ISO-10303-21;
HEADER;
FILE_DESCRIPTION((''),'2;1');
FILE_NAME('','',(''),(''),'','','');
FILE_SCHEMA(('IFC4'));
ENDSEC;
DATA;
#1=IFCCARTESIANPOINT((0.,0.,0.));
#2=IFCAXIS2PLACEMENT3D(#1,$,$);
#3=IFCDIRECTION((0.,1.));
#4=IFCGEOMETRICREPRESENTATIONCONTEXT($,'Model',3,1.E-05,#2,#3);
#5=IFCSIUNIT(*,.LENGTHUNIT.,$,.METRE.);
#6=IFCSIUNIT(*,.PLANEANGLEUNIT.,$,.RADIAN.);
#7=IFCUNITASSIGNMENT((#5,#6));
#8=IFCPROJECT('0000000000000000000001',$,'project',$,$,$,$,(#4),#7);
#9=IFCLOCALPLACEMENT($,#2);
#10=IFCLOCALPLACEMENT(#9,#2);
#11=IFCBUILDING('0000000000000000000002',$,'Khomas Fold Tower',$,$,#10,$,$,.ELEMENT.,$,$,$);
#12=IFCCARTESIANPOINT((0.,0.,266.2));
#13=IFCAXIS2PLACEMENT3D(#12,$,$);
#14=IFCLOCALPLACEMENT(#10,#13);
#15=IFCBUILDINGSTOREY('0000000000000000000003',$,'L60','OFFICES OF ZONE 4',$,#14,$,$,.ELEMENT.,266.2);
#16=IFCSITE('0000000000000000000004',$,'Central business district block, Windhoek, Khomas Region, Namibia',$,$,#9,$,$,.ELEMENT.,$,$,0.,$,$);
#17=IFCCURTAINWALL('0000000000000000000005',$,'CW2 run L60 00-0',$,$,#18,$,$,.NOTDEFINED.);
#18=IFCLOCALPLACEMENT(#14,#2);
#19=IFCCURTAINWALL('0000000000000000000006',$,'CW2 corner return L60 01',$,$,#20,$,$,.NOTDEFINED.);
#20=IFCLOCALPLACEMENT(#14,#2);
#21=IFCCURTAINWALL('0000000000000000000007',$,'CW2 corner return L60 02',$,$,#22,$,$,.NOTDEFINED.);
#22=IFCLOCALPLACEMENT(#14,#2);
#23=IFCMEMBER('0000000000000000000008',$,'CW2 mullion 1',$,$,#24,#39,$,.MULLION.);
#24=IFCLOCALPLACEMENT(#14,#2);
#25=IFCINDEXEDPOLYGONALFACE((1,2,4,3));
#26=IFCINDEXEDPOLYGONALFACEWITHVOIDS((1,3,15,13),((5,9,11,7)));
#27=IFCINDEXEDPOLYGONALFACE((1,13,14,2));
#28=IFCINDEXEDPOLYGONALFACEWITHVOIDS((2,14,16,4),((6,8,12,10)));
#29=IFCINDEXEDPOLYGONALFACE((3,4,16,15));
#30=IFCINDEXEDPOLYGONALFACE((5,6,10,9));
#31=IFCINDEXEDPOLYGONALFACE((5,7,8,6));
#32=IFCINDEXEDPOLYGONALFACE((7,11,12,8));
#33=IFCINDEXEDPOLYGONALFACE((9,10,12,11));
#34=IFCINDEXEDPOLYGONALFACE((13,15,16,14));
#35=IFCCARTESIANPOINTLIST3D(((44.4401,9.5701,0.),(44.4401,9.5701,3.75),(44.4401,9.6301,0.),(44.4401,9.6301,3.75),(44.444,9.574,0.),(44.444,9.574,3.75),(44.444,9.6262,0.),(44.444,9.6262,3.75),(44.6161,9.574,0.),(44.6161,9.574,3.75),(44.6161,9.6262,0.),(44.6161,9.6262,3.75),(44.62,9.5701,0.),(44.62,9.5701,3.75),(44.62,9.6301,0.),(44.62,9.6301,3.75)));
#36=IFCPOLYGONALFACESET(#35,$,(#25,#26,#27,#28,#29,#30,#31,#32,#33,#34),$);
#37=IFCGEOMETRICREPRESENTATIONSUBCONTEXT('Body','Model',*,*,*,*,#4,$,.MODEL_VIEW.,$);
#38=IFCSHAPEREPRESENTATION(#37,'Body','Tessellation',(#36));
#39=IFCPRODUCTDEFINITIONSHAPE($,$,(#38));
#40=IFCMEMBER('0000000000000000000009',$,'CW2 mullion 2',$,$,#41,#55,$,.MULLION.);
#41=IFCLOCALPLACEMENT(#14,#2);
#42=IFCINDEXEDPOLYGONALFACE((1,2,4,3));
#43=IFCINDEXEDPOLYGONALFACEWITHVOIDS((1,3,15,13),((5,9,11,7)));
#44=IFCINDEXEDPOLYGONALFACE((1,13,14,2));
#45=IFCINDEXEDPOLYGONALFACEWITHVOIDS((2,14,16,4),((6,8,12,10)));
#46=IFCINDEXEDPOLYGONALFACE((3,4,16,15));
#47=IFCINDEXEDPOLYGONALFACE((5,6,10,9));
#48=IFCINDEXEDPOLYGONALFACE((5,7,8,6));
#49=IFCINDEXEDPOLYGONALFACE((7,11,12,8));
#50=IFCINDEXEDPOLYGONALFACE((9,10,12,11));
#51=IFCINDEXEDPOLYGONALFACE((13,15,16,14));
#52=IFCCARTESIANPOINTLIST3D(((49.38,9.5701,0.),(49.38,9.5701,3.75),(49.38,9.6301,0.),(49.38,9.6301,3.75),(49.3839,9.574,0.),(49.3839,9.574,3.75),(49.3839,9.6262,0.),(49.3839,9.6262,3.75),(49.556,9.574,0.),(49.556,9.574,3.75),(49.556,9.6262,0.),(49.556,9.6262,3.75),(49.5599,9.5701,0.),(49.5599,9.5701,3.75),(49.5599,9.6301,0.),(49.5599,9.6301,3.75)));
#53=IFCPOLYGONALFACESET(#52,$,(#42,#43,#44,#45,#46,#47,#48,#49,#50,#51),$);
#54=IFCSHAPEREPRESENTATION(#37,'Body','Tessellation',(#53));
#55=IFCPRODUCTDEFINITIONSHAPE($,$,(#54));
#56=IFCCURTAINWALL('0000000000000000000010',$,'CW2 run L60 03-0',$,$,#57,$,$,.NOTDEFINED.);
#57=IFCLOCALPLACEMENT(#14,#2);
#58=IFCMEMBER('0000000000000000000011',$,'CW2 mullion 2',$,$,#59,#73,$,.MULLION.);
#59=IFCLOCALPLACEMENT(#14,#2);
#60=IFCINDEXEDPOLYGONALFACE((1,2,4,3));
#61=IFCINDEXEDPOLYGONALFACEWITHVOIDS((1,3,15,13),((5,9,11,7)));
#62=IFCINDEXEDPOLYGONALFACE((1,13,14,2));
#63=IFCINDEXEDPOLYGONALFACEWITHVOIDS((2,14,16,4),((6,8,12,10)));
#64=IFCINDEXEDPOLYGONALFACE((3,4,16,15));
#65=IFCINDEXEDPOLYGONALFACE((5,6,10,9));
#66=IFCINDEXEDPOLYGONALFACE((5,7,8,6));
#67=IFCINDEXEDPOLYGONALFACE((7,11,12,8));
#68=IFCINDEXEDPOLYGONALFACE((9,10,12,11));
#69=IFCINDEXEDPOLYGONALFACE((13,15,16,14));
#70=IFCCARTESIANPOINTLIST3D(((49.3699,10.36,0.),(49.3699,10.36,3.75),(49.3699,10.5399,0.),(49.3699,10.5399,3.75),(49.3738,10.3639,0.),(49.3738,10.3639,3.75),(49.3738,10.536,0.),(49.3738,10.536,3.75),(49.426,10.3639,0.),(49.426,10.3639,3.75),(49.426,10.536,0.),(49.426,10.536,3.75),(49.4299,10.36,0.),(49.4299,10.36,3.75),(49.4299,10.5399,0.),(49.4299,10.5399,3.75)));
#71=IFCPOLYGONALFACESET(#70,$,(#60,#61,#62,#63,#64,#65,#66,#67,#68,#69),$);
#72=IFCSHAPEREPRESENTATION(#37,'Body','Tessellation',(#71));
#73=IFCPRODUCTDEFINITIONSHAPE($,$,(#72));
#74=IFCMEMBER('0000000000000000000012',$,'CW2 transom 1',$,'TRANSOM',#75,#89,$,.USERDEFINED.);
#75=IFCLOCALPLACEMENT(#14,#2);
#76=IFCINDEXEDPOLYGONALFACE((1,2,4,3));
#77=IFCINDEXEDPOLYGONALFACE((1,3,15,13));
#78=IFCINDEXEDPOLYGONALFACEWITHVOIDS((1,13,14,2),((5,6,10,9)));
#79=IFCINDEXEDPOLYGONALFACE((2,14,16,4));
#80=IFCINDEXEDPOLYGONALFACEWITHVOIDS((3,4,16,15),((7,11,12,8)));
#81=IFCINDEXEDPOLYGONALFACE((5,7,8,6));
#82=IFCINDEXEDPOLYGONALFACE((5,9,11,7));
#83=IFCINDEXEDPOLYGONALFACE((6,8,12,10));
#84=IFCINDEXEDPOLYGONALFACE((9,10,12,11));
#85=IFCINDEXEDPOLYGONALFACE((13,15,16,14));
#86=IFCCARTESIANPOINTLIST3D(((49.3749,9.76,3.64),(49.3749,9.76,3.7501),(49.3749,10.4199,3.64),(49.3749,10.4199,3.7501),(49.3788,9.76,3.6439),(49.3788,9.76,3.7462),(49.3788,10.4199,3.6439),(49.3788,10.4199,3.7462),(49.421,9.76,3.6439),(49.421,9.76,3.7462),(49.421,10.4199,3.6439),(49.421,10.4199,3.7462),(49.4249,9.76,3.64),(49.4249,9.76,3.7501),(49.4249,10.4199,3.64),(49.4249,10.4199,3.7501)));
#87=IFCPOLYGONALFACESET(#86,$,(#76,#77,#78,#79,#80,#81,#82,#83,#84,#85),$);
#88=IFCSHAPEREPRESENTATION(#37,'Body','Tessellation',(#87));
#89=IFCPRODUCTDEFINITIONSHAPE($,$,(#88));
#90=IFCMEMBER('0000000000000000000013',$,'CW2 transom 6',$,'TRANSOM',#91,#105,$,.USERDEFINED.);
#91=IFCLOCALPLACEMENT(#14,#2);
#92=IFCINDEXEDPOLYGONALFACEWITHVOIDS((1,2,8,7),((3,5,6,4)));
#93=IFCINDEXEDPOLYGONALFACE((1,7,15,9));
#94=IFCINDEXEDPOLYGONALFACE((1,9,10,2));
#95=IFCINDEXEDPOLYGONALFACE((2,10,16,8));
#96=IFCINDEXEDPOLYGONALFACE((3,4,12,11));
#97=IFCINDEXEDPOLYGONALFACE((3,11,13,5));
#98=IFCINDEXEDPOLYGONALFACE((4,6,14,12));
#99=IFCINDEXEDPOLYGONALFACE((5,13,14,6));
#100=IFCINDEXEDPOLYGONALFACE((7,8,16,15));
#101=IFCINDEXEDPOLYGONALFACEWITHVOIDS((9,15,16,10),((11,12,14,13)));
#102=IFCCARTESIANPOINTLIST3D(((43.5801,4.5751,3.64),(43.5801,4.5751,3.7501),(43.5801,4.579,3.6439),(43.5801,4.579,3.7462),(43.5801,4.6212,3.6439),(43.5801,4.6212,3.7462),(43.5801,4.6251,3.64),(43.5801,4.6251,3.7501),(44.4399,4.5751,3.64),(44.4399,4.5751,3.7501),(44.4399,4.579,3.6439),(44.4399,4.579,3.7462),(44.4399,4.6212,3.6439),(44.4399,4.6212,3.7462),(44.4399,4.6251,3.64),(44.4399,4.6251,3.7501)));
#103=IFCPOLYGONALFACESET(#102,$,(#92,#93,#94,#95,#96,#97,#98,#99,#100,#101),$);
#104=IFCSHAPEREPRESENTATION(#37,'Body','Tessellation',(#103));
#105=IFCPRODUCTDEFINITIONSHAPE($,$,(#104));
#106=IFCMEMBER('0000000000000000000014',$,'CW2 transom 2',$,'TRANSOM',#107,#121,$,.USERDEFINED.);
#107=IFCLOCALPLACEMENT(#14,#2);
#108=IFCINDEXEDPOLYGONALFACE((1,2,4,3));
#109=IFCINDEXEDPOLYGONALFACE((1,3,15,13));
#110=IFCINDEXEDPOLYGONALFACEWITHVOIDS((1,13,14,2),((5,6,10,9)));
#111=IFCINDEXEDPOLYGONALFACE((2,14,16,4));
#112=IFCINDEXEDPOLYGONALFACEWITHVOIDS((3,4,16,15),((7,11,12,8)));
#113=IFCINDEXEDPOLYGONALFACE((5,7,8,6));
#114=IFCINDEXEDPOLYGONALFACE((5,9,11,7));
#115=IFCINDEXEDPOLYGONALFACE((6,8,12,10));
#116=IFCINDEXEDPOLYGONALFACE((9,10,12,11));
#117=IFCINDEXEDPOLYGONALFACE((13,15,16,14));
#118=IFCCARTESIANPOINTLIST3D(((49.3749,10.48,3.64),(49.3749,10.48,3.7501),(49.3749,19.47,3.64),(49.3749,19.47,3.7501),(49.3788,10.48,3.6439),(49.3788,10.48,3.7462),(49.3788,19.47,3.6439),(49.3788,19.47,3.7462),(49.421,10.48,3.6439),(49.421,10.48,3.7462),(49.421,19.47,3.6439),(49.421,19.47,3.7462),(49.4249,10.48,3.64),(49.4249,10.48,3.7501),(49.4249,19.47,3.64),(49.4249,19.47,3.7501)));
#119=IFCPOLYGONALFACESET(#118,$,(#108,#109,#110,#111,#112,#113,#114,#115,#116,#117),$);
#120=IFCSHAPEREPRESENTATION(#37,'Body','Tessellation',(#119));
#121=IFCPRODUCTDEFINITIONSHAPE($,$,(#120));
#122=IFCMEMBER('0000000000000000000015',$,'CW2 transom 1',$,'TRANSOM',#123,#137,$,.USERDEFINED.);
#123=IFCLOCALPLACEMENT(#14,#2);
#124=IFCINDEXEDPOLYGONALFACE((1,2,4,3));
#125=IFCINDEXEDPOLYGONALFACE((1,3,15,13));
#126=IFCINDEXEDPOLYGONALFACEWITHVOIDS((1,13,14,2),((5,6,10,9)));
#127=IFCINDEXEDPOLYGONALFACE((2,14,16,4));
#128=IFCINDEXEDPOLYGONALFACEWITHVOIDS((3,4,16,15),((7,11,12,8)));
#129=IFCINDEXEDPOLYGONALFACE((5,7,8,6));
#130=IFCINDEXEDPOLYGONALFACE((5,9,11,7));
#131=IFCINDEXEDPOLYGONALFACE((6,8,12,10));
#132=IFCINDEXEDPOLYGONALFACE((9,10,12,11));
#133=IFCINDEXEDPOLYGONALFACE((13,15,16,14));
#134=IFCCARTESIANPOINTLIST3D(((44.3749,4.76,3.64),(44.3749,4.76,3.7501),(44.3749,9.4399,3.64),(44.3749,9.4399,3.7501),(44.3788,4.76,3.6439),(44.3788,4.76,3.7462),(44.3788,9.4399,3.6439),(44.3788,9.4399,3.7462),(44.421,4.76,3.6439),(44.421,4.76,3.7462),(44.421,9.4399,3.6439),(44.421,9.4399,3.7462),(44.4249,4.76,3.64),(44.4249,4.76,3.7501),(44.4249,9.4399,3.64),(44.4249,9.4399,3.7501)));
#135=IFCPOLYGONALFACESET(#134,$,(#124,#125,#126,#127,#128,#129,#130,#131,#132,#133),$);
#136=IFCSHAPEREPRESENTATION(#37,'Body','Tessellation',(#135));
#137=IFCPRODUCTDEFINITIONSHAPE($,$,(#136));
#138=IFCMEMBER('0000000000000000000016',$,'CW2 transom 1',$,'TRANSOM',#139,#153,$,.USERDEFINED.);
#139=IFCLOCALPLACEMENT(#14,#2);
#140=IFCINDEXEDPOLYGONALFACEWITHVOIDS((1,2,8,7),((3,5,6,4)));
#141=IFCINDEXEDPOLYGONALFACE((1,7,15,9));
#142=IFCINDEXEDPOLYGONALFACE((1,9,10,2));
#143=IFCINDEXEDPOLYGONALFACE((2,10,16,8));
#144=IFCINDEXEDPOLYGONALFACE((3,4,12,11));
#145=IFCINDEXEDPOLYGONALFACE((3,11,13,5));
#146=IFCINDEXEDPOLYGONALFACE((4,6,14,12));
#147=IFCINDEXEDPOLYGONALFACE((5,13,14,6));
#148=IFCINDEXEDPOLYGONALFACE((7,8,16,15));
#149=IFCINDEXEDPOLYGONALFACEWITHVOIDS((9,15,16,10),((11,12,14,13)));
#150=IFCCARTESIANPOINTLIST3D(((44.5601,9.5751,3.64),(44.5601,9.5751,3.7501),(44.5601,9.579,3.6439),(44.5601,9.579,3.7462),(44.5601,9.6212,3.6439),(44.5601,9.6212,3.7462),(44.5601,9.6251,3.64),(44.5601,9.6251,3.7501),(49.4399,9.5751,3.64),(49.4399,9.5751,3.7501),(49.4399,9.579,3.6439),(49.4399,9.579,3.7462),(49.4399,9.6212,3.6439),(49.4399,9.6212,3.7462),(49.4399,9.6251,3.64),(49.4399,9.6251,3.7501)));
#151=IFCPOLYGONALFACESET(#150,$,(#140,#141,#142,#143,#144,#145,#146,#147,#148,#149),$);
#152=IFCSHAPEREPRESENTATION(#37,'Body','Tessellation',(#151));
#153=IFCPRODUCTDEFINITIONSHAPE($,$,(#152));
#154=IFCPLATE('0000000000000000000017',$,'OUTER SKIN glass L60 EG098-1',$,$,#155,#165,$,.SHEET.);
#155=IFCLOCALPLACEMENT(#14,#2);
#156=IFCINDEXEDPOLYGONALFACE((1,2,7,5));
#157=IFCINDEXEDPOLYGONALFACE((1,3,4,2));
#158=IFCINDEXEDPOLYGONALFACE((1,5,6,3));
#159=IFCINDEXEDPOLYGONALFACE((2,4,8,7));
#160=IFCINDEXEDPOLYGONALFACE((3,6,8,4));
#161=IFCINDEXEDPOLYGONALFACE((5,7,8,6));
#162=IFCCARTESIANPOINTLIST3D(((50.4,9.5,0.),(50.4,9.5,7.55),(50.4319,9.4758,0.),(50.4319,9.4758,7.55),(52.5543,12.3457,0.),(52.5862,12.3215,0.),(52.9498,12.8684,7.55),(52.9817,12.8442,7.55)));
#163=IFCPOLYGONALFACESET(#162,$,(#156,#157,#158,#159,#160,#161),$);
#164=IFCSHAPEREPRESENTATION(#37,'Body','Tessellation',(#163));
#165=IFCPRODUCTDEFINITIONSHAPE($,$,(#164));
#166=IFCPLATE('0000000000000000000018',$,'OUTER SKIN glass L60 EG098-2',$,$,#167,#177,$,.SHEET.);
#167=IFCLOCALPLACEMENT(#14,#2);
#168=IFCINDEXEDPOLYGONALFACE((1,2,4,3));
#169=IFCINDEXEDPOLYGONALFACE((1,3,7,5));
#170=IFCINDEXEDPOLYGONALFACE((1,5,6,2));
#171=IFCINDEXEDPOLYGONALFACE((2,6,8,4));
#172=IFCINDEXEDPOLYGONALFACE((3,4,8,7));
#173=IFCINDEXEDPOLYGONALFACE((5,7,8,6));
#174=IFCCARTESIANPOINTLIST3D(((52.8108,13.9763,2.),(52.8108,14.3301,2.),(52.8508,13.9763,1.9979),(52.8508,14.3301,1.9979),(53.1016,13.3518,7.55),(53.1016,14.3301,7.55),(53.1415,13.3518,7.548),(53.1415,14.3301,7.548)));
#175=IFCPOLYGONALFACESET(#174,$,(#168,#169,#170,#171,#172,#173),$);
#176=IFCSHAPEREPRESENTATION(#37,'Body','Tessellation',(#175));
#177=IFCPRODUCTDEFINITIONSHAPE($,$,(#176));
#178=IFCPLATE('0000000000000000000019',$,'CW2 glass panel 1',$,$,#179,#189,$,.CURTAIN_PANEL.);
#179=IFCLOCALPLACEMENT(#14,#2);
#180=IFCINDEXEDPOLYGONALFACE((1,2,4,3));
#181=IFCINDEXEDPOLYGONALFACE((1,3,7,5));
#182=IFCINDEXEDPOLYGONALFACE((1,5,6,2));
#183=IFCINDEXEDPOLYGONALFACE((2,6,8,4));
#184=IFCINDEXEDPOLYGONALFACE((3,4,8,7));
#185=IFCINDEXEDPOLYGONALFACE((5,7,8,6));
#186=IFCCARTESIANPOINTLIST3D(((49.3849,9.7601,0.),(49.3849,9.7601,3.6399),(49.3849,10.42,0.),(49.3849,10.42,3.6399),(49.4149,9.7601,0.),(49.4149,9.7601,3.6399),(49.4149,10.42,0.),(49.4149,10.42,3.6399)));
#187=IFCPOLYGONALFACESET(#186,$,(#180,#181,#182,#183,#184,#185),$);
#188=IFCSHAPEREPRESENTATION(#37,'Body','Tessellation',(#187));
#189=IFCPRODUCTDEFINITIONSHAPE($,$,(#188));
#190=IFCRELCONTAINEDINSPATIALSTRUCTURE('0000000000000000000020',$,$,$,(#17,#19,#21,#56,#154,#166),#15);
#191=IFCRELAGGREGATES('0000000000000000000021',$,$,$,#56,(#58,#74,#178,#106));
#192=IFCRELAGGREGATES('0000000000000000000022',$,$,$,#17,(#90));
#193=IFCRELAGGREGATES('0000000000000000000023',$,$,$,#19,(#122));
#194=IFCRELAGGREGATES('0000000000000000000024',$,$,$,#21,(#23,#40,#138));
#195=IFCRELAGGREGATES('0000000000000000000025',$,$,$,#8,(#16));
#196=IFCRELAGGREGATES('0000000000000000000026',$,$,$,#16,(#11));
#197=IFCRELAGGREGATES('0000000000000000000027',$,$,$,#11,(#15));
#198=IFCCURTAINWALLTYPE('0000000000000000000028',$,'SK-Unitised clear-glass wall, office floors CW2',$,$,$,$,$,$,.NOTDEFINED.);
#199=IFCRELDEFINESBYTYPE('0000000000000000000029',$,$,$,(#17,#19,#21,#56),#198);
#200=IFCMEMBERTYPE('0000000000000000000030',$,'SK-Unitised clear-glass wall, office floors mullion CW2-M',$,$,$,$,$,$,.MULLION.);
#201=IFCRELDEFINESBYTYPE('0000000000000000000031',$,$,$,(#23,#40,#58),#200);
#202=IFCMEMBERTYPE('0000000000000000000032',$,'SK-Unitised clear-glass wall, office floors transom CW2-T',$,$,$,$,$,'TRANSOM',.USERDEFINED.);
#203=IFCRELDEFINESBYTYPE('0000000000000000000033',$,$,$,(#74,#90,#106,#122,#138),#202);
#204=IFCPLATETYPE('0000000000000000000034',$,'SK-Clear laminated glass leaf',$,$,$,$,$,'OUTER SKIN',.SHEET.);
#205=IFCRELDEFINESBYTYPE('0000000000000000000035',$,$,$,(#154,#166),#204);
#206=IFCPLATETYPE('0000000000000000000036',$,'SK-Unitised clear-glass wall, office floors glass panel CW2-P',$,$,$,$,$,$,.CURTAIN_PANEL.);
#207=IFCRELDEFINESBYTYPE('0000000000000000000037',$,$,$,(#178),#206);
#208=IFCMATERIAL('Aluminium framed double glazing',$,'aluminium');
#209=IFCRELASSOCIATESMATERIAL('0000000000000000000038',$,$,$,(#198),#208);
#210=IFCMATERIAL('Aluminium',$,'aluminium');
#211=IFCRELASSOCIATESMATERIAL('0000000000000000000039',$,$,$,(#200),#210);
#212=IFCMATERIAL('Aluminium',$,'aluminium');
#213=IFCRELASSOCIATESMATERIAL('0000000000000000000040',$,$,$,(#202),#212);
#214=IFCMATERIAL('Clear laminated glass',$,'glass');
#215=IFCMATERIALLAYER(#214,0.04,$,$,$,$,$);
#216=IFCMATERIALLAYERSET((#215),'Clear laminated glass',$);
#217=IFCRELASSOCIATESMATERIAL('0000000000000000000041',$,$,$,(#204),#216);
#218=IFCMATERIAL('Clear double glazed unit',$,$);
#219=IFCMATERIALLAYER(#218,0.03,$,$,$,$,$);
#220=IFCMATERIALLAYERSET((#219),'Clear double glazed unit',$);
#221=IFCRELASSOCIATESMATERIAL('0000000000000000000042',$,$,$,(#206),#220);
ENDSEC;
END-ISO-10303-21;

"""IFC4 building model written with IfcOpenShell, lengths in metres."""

from ifc_helpers import new_model, si_unit, direction, frame, origin, origin_2d, place, context, subcontext, project, spatial, polyline, rectangle, hollow_rectangle, outline, extrude, source, transform, mapped, material, layer, layer_set, material_profile, profile_set, type_object, element, aggregate, save


model = new_model("IFC4")

# Units and contexts
model_context = context("Model", 3, precision=1e-05, world=origin(), true_north=direction((0.0, 1.0)))
body_context = subcontext(model_context, "Body", "Model", "MODEL_VIEW")
ifc_project = project(units=[si_unit("LENGTHUNIT", "METRE"), si_unit("PLANEANGLEUNIT", "RADIAN")], contexts=[model_context])

# Site, building, storey
site_placement = place(None, origin())
site = spatial("IfcSite", under=ifc_project, at=site_placement, Name="Central business district block, Windhoek, Khomas Region, Namibia", CompositionType="ELEMENT", RefElevation=0.0)
building_placement = place(site_placement, origin())
building = spatial("IfcBuilding", under=site, at=building_placement, Name="Khomas Fold Tower", CompositionType="ELEMENT")
storey_placement = place(building_placement, frame((0.0, 0.0, 266.2)))
storey = spatial("IfcBuildingStorey", under=building, at=storey_placement, Name="L60", Description="OFFICES OF ZONE 4", CompositionType="ELEMENT", Elevation=266.2)

# Curtain walls, members
ifc_material_1 = material(Name="Aluminium framed double glazing", Category="aluminium")
curtain_wall_type = type_object("IfcCurtainWallType", Name="SK-Unitised clear-glass wall, office floors CW2", PredefinedType="NOTDEFINED", material=ifc_material_1)
curtain_wall_1_placement = place(storey_placement, origin())
curtain_wall_1 = element("IfcCurtainWall", 1, at=curtain_wall_1_placement, inside=storey, type_object=curtain_wall_type, Name="CW2 run L60 00-0", PredefinedType="NOTDEFINED")
ifc_material_2 = material(Name="Aluminium", Category="aluminium")
ifc_material_profile_1 = material_profile(ifc_material_2, hollow_rectangle(XDim=0.0601, YDim=0.1799, WallThickness=0.0039, at=origin_2d()), Name="SK-Unitised clear-glass wall, office floors mullion CW2-M")
ifc_profile_set_1 = profile_set([ifc_material_profile_1], Name="Aluminium")
member_type_1 = type_object("IfcMemberType", Name="SK-Unitised clear-glass wall, office floors mullion CW2-M", PredefinedType="MULLION", material=ifc_profile_set_1)
shared_shape_1 = source(origin(), body_context, "Body", "SweptSolid", [
    extrude(hollow_rectangle(XDim=0.0601, YDim=0.1799, WallThickness=0.0039, at=origin_2d()), origin(), (0.0, 0.0, 1.0), 3.75),
])
curtain_wall_2_placement = place(storey_placement, origin())
curtain_wall_2 = element("IfcCurtainWall", 2, at=curtain_wall_2_placement, inside=storey, type_object=curtain_wall_type, Name="CW2 corner return L60 01", PredefinedType="NOTDEFINED")
curtain_wall_3_placement = place(storey_placement, origin())
curtain_wall_3 = element("IfcCurtainWall", 3, at=curtain_wall_3_placement, inside=storey, type_object=curtain_wall_type, Name="CW2 corner return L60 02", PredefinedType="NOTDEFINED")
member_1_placement = place(storey_placement, frame((44.53, 9.6001, 0.0), z_axis=(0.0, 0.0, 1.0), x_axis=(0.0, 1.0, 0.0)))
member_1 = element("IfcMember", 4, at=member_1_placement, type_object=member_type_1, Name="CW2 mullion 1", PredefinedType="MULLION", context=body_context, shape_type="MappedRepresentation", body=[
    mapped(shared_shape_1, transform((0.0, 0.0, 0.0))),
])
member_2_placement = place(storey_placement, frame((49.47, 9.6001, 0.0), z_axis=(0.0, 0.0, 1.0), x_axis=(0.0, 1.0, 0.0)))
member_2 = element("IfcMember", 5, at=member_2_placement, type_object=member_type_1, Name="CW2 mullion 2", PredefinedType="MULLION", context=body_context, shape_type="MappedRepresentation", body=[
    mapped(shared_shape_1, transform((0.0, 0.0, 0.0))),
])
curtain_wall_4_placement = place(storey_placement, origin())
curtain_wall_4 = element("IfcCurtainWall", 6, at=curtain_wall_4_placement, inside=storey, type_object=curtain_wall_type, Name="CW2 run L60 03-0", PredefinedType="NOTDEFINED")
member_3_placement = place(storey_placement, frame((49.3999, 10.45, 0.0), z_axis=(0.0, 0.0, 1.0), x_axis=(-1.0, 0.0, 0.0)))
member_3 = element("IfcMember", 7, at=member_3_placement, type_object=member_type_1, Name="CW2 mullion 2", PredefinedType="MULLION", context=body_context, shape_type="MappedRepresentation", body=[
    mapped(shared_shape_1, transform((0.0, 0.0, 0.0))),
])
ifc_material_3 = material(Name="Aluminium", Category="aluminium")
ifc_material_profile_2 = material_profile(ifc_material_3, hollow_rectangle(XDim=0.05, YDim=0.1101, WallThickness=0.0039, at=origin_2d()), Name="SK-Unitised clear-glass wall, office floors transom CW2-T")
ifc_profile_set_2 = profile_set([ifc_material_profile_2], Name="Aluminium")
member_type_2 = type_object("IfcMemberType", Name="SK-Unitised clear-glass wall, office floors transom CW2-T", ElementType="TRANSOM", PredefinedType="USERDEFINED", material=ifc_profile_set_2)
shared_shape_2 = source(origin(), body_context, "Body", "SweptSolid", [
    extrude(hollow_rectangle(XDim=0.05, YDim=0.1101, WallThickness=0.0039, at=origin_2d()), origin(), (0.0, 0.0, 1.0), 0.6599),
])
member_4_placement = place(storey_placement, frame((49.3999, 9.76, 3.6951), z_axis=(0.0, 1.0, 0.0), x_axis=(-1.0, 0.0, 0.0)))
member_4 = element("IfcMember", 8, at=member_4_placement, type_object=member_type_2, Name="CW2 transom 1", ObjectType="TRANSOM", PredefinedType="USERDEFINED", context=body_context, shape_type="MappedRepresentation", body=[
    mapped(shared_shape_2, transform((0.0, 0.0, 0.0))),
])

# Members
shared_shape_3 = source(origin(), body_context, "Body", "SweptSolid", [
    extrude(hollow_rectangle(XDim=0.05, YDim=0.1101, WallThickness=0.0039, at=origin_2d()), origin(), (0.0, 0.0, 1.0), 0.8599),
])
member_5_placement = place(storey_placement, frame((43.5801, 4.6001, 3.6951), z_axis=(1.0, 0.0, 0.0), x_axis=(0.0, 1.0, 0.0)))
member_5 = element("IfcMember", 9, at=member_5_placement, type_object=member_type_2, Name="CW2 transom 6", ObjectType="TRANSOM", PredefinedType="USERDEFINED", context=body_context, shape_type="MappedRepresentation", body=[
    mapped(shared_shape_3, transform((0.0, 0.0, 0.0))),
])
shared_shape_4 = source(origin(), body_context, "Body", "SweptSolid", [
    extrude(hollow_rectangle(XDim=0.05, YDim=0.1101, WallThickness=0.0039, at=origin_2d()), origin(), (0.0, 0.0, 1.0), 8.99),
])
member_6_placement = place(storey_placement, frame((49.3999, 10.48, 3.6951), z_axis=(0.0, 1.0, 0.0), x_axis=(-1.0, 0.0, 0.0)))
member_6 = element("IfcMember", 10, at=member_6_placement, type_object=member_type_2, Name="CW2 transom 2", ObjectType="TRANSOM", PredefinedType="USERDEFINED", context=body_context, shape_type="MappedRepresentation", body=[
    mapped(shared_shape_4, transform((0.0, 0.0, 0.0))),
])
shared_shape_5 = source(origin(), body_context, "Body", "SweptSolid", [
    extrude(hollow_rectangle(XDim=0.05, YDim=0.1101, WallThickness=0.0039, at=origin_2d()), origin(), (0.0, 0.0, 1.0), 4.6799),
])
member_7_placement = place(storey_placement, frame((44.3999, 4.76, 3.6951), z_axis=(0.0, 1.0, 0.0), x_axis=(-1.0, 0.0, 0.0)))
member_7 = element("IfcMember", 11, at=member_7_placement, type_object=member_type_2, Name="CW2 transom 1", ObjectType="TRANSOM", PredefinedType="USERDEFINED", context=body_context, shape_type="MappedRepresentation", body=[
    mapped(shared_shape_5, transform((0.0, 0.0, 0.0))),
])
shared_shape_6 = source(origin(), body_context, "Body", "SweptSolid", [
    extrude(hollow_rectangle(XDim=0.05, YDim=0.1101, WallThickness=0.0039, at=origin_2d()), origin(), (0.0, 0.0, 1.0), 4.8799),
])
member_8_placement = place(storey_placement, frame((44.5601, 9.6001, 3.6951), z_axis=(1.0, 0.0, 0.0), x_axis=(0.0, 1.0, 0.0)))
member_8 = element("IfcMember", 12, at=member_8_placement, type_object=member_type_2, Name="CW2 transom 1", ObjectType="TRANSOM", PredefinedType="USERDEFINED", context=body_context, shape_type="MappedRepresentation", body=[
    mapped(shared_shape_6, transform((0.0, 0.0, 0.0))),
])

# Plates
ifc_material_4 = material(Name="Clear laminated glass", Category="glass")
ifc_layer_1 = layer(ifc_material_4, 0.04)
ifc_layer_set_1 = layer_set([ifc_layer_1], Name="Clear laminated glass")
plate_type_1 = type_object("IfcPlateType", Name="SK-Clear laminated glass leaf", ElementType="OUTER SKIN", PredefinedType="SHEET", material=ifc_layer_set_1)
plate_1_placement = place(storey_placement, frame((52.5862, 12.3215, 0.0), z_axis=(0.797312, -0.603568, 0.00001), x_axis=(-0.603568, -0.797312, 0.0)))
element("IfcPlate", 13, at=plate_1_placement, inside=storey, type_object=plate_type_1, Name="OUTER SKIN glass L60 EG098-1", PredefinedType="SHEET", context=body_context, shape_type="SweptSolid", body=[
    extrude(outline(polyline([(0.0, 0.0), (3.5692, 0.0), (3.5692, -7.55), (-0.6555, -7.55), (0.0, 0.0)])), origin(), (0.0, 0.0, -1.0), 0.04),
])
plate_2_placement = place(storey_placement, frame((53.1016, 13.3518, 7.55), z_axis=(-0.99863, 0.0, 0.052319), x_axis=(0.0, 1.0, 0.0)))
element("IfcPlate", 14, at=plate_2_placement, inside=storey, type_object=plate_type_1, Name="OUTER SKIN glass L60 EG098-2", PredefinedType="SHEET", context=body_context, shape_type="SweptSolid", body=[
    extrude(outline(polyline([(0.0, 0.0), (0.9783, 0.0), (0.9783, 5.5577), (0.6245, 5.5577), (0.0, 0.0)])), origin(), (0.0, 0.0, -1.0), 0.04),
])

# Plate
ifc_material_5 = material(Name="Clear double glazed unit")
ifc_layer_2 = layer(ifc_material_5, 0.03)
ifc_layer_set_2 = layer_set([ifc_layer_2], Name="Clear double glazed unit")
plate_type_2 = type_object("IfcPlateType", Name="SK-Unitised clear-glass wall, office floors glass panel CW2-P", PredefinedType="CURTAIN_PANEL", material=ifc_layer_set_2)
shared_shape_7 = source(origin(), body_context, "Body", "SweptSolid", [
    extrude(rectangle(XDim=0.6599, YDim=0.03, at=origin_2d()), origin(), (0.0, 0.0, 1.0), 3.6399),
])
plate_3_placement = place(storey_placement, frame((49.3999, 10.0901, 0.0), z_axis=(0.0, 0.0, 1.0), x_axis=(0.0, 1.0, 0.0)))
plate_3 = element("IfcPlate", 15, at=plate_3_placement, type_object=plate_type_2, Name="CW2 glass panel 1", PredefinedType="CURTAIN_PANEL", context=body_context, shape_type="MappedRepresentation", body=[
    mapped(shared_shape_7, transform((0.0, 0.0, 0.0))),
])
aggregate(curtain_wall_4, [member_3, member_4, plate_3, member_6])
aggregate(curtain_wall_1, [member_5])
aggregate(curtain_wall_2, [member_7])
aggregate(curtain_wall_3, [member_1, member_2, member_8])

save(model, "model.ifc")
